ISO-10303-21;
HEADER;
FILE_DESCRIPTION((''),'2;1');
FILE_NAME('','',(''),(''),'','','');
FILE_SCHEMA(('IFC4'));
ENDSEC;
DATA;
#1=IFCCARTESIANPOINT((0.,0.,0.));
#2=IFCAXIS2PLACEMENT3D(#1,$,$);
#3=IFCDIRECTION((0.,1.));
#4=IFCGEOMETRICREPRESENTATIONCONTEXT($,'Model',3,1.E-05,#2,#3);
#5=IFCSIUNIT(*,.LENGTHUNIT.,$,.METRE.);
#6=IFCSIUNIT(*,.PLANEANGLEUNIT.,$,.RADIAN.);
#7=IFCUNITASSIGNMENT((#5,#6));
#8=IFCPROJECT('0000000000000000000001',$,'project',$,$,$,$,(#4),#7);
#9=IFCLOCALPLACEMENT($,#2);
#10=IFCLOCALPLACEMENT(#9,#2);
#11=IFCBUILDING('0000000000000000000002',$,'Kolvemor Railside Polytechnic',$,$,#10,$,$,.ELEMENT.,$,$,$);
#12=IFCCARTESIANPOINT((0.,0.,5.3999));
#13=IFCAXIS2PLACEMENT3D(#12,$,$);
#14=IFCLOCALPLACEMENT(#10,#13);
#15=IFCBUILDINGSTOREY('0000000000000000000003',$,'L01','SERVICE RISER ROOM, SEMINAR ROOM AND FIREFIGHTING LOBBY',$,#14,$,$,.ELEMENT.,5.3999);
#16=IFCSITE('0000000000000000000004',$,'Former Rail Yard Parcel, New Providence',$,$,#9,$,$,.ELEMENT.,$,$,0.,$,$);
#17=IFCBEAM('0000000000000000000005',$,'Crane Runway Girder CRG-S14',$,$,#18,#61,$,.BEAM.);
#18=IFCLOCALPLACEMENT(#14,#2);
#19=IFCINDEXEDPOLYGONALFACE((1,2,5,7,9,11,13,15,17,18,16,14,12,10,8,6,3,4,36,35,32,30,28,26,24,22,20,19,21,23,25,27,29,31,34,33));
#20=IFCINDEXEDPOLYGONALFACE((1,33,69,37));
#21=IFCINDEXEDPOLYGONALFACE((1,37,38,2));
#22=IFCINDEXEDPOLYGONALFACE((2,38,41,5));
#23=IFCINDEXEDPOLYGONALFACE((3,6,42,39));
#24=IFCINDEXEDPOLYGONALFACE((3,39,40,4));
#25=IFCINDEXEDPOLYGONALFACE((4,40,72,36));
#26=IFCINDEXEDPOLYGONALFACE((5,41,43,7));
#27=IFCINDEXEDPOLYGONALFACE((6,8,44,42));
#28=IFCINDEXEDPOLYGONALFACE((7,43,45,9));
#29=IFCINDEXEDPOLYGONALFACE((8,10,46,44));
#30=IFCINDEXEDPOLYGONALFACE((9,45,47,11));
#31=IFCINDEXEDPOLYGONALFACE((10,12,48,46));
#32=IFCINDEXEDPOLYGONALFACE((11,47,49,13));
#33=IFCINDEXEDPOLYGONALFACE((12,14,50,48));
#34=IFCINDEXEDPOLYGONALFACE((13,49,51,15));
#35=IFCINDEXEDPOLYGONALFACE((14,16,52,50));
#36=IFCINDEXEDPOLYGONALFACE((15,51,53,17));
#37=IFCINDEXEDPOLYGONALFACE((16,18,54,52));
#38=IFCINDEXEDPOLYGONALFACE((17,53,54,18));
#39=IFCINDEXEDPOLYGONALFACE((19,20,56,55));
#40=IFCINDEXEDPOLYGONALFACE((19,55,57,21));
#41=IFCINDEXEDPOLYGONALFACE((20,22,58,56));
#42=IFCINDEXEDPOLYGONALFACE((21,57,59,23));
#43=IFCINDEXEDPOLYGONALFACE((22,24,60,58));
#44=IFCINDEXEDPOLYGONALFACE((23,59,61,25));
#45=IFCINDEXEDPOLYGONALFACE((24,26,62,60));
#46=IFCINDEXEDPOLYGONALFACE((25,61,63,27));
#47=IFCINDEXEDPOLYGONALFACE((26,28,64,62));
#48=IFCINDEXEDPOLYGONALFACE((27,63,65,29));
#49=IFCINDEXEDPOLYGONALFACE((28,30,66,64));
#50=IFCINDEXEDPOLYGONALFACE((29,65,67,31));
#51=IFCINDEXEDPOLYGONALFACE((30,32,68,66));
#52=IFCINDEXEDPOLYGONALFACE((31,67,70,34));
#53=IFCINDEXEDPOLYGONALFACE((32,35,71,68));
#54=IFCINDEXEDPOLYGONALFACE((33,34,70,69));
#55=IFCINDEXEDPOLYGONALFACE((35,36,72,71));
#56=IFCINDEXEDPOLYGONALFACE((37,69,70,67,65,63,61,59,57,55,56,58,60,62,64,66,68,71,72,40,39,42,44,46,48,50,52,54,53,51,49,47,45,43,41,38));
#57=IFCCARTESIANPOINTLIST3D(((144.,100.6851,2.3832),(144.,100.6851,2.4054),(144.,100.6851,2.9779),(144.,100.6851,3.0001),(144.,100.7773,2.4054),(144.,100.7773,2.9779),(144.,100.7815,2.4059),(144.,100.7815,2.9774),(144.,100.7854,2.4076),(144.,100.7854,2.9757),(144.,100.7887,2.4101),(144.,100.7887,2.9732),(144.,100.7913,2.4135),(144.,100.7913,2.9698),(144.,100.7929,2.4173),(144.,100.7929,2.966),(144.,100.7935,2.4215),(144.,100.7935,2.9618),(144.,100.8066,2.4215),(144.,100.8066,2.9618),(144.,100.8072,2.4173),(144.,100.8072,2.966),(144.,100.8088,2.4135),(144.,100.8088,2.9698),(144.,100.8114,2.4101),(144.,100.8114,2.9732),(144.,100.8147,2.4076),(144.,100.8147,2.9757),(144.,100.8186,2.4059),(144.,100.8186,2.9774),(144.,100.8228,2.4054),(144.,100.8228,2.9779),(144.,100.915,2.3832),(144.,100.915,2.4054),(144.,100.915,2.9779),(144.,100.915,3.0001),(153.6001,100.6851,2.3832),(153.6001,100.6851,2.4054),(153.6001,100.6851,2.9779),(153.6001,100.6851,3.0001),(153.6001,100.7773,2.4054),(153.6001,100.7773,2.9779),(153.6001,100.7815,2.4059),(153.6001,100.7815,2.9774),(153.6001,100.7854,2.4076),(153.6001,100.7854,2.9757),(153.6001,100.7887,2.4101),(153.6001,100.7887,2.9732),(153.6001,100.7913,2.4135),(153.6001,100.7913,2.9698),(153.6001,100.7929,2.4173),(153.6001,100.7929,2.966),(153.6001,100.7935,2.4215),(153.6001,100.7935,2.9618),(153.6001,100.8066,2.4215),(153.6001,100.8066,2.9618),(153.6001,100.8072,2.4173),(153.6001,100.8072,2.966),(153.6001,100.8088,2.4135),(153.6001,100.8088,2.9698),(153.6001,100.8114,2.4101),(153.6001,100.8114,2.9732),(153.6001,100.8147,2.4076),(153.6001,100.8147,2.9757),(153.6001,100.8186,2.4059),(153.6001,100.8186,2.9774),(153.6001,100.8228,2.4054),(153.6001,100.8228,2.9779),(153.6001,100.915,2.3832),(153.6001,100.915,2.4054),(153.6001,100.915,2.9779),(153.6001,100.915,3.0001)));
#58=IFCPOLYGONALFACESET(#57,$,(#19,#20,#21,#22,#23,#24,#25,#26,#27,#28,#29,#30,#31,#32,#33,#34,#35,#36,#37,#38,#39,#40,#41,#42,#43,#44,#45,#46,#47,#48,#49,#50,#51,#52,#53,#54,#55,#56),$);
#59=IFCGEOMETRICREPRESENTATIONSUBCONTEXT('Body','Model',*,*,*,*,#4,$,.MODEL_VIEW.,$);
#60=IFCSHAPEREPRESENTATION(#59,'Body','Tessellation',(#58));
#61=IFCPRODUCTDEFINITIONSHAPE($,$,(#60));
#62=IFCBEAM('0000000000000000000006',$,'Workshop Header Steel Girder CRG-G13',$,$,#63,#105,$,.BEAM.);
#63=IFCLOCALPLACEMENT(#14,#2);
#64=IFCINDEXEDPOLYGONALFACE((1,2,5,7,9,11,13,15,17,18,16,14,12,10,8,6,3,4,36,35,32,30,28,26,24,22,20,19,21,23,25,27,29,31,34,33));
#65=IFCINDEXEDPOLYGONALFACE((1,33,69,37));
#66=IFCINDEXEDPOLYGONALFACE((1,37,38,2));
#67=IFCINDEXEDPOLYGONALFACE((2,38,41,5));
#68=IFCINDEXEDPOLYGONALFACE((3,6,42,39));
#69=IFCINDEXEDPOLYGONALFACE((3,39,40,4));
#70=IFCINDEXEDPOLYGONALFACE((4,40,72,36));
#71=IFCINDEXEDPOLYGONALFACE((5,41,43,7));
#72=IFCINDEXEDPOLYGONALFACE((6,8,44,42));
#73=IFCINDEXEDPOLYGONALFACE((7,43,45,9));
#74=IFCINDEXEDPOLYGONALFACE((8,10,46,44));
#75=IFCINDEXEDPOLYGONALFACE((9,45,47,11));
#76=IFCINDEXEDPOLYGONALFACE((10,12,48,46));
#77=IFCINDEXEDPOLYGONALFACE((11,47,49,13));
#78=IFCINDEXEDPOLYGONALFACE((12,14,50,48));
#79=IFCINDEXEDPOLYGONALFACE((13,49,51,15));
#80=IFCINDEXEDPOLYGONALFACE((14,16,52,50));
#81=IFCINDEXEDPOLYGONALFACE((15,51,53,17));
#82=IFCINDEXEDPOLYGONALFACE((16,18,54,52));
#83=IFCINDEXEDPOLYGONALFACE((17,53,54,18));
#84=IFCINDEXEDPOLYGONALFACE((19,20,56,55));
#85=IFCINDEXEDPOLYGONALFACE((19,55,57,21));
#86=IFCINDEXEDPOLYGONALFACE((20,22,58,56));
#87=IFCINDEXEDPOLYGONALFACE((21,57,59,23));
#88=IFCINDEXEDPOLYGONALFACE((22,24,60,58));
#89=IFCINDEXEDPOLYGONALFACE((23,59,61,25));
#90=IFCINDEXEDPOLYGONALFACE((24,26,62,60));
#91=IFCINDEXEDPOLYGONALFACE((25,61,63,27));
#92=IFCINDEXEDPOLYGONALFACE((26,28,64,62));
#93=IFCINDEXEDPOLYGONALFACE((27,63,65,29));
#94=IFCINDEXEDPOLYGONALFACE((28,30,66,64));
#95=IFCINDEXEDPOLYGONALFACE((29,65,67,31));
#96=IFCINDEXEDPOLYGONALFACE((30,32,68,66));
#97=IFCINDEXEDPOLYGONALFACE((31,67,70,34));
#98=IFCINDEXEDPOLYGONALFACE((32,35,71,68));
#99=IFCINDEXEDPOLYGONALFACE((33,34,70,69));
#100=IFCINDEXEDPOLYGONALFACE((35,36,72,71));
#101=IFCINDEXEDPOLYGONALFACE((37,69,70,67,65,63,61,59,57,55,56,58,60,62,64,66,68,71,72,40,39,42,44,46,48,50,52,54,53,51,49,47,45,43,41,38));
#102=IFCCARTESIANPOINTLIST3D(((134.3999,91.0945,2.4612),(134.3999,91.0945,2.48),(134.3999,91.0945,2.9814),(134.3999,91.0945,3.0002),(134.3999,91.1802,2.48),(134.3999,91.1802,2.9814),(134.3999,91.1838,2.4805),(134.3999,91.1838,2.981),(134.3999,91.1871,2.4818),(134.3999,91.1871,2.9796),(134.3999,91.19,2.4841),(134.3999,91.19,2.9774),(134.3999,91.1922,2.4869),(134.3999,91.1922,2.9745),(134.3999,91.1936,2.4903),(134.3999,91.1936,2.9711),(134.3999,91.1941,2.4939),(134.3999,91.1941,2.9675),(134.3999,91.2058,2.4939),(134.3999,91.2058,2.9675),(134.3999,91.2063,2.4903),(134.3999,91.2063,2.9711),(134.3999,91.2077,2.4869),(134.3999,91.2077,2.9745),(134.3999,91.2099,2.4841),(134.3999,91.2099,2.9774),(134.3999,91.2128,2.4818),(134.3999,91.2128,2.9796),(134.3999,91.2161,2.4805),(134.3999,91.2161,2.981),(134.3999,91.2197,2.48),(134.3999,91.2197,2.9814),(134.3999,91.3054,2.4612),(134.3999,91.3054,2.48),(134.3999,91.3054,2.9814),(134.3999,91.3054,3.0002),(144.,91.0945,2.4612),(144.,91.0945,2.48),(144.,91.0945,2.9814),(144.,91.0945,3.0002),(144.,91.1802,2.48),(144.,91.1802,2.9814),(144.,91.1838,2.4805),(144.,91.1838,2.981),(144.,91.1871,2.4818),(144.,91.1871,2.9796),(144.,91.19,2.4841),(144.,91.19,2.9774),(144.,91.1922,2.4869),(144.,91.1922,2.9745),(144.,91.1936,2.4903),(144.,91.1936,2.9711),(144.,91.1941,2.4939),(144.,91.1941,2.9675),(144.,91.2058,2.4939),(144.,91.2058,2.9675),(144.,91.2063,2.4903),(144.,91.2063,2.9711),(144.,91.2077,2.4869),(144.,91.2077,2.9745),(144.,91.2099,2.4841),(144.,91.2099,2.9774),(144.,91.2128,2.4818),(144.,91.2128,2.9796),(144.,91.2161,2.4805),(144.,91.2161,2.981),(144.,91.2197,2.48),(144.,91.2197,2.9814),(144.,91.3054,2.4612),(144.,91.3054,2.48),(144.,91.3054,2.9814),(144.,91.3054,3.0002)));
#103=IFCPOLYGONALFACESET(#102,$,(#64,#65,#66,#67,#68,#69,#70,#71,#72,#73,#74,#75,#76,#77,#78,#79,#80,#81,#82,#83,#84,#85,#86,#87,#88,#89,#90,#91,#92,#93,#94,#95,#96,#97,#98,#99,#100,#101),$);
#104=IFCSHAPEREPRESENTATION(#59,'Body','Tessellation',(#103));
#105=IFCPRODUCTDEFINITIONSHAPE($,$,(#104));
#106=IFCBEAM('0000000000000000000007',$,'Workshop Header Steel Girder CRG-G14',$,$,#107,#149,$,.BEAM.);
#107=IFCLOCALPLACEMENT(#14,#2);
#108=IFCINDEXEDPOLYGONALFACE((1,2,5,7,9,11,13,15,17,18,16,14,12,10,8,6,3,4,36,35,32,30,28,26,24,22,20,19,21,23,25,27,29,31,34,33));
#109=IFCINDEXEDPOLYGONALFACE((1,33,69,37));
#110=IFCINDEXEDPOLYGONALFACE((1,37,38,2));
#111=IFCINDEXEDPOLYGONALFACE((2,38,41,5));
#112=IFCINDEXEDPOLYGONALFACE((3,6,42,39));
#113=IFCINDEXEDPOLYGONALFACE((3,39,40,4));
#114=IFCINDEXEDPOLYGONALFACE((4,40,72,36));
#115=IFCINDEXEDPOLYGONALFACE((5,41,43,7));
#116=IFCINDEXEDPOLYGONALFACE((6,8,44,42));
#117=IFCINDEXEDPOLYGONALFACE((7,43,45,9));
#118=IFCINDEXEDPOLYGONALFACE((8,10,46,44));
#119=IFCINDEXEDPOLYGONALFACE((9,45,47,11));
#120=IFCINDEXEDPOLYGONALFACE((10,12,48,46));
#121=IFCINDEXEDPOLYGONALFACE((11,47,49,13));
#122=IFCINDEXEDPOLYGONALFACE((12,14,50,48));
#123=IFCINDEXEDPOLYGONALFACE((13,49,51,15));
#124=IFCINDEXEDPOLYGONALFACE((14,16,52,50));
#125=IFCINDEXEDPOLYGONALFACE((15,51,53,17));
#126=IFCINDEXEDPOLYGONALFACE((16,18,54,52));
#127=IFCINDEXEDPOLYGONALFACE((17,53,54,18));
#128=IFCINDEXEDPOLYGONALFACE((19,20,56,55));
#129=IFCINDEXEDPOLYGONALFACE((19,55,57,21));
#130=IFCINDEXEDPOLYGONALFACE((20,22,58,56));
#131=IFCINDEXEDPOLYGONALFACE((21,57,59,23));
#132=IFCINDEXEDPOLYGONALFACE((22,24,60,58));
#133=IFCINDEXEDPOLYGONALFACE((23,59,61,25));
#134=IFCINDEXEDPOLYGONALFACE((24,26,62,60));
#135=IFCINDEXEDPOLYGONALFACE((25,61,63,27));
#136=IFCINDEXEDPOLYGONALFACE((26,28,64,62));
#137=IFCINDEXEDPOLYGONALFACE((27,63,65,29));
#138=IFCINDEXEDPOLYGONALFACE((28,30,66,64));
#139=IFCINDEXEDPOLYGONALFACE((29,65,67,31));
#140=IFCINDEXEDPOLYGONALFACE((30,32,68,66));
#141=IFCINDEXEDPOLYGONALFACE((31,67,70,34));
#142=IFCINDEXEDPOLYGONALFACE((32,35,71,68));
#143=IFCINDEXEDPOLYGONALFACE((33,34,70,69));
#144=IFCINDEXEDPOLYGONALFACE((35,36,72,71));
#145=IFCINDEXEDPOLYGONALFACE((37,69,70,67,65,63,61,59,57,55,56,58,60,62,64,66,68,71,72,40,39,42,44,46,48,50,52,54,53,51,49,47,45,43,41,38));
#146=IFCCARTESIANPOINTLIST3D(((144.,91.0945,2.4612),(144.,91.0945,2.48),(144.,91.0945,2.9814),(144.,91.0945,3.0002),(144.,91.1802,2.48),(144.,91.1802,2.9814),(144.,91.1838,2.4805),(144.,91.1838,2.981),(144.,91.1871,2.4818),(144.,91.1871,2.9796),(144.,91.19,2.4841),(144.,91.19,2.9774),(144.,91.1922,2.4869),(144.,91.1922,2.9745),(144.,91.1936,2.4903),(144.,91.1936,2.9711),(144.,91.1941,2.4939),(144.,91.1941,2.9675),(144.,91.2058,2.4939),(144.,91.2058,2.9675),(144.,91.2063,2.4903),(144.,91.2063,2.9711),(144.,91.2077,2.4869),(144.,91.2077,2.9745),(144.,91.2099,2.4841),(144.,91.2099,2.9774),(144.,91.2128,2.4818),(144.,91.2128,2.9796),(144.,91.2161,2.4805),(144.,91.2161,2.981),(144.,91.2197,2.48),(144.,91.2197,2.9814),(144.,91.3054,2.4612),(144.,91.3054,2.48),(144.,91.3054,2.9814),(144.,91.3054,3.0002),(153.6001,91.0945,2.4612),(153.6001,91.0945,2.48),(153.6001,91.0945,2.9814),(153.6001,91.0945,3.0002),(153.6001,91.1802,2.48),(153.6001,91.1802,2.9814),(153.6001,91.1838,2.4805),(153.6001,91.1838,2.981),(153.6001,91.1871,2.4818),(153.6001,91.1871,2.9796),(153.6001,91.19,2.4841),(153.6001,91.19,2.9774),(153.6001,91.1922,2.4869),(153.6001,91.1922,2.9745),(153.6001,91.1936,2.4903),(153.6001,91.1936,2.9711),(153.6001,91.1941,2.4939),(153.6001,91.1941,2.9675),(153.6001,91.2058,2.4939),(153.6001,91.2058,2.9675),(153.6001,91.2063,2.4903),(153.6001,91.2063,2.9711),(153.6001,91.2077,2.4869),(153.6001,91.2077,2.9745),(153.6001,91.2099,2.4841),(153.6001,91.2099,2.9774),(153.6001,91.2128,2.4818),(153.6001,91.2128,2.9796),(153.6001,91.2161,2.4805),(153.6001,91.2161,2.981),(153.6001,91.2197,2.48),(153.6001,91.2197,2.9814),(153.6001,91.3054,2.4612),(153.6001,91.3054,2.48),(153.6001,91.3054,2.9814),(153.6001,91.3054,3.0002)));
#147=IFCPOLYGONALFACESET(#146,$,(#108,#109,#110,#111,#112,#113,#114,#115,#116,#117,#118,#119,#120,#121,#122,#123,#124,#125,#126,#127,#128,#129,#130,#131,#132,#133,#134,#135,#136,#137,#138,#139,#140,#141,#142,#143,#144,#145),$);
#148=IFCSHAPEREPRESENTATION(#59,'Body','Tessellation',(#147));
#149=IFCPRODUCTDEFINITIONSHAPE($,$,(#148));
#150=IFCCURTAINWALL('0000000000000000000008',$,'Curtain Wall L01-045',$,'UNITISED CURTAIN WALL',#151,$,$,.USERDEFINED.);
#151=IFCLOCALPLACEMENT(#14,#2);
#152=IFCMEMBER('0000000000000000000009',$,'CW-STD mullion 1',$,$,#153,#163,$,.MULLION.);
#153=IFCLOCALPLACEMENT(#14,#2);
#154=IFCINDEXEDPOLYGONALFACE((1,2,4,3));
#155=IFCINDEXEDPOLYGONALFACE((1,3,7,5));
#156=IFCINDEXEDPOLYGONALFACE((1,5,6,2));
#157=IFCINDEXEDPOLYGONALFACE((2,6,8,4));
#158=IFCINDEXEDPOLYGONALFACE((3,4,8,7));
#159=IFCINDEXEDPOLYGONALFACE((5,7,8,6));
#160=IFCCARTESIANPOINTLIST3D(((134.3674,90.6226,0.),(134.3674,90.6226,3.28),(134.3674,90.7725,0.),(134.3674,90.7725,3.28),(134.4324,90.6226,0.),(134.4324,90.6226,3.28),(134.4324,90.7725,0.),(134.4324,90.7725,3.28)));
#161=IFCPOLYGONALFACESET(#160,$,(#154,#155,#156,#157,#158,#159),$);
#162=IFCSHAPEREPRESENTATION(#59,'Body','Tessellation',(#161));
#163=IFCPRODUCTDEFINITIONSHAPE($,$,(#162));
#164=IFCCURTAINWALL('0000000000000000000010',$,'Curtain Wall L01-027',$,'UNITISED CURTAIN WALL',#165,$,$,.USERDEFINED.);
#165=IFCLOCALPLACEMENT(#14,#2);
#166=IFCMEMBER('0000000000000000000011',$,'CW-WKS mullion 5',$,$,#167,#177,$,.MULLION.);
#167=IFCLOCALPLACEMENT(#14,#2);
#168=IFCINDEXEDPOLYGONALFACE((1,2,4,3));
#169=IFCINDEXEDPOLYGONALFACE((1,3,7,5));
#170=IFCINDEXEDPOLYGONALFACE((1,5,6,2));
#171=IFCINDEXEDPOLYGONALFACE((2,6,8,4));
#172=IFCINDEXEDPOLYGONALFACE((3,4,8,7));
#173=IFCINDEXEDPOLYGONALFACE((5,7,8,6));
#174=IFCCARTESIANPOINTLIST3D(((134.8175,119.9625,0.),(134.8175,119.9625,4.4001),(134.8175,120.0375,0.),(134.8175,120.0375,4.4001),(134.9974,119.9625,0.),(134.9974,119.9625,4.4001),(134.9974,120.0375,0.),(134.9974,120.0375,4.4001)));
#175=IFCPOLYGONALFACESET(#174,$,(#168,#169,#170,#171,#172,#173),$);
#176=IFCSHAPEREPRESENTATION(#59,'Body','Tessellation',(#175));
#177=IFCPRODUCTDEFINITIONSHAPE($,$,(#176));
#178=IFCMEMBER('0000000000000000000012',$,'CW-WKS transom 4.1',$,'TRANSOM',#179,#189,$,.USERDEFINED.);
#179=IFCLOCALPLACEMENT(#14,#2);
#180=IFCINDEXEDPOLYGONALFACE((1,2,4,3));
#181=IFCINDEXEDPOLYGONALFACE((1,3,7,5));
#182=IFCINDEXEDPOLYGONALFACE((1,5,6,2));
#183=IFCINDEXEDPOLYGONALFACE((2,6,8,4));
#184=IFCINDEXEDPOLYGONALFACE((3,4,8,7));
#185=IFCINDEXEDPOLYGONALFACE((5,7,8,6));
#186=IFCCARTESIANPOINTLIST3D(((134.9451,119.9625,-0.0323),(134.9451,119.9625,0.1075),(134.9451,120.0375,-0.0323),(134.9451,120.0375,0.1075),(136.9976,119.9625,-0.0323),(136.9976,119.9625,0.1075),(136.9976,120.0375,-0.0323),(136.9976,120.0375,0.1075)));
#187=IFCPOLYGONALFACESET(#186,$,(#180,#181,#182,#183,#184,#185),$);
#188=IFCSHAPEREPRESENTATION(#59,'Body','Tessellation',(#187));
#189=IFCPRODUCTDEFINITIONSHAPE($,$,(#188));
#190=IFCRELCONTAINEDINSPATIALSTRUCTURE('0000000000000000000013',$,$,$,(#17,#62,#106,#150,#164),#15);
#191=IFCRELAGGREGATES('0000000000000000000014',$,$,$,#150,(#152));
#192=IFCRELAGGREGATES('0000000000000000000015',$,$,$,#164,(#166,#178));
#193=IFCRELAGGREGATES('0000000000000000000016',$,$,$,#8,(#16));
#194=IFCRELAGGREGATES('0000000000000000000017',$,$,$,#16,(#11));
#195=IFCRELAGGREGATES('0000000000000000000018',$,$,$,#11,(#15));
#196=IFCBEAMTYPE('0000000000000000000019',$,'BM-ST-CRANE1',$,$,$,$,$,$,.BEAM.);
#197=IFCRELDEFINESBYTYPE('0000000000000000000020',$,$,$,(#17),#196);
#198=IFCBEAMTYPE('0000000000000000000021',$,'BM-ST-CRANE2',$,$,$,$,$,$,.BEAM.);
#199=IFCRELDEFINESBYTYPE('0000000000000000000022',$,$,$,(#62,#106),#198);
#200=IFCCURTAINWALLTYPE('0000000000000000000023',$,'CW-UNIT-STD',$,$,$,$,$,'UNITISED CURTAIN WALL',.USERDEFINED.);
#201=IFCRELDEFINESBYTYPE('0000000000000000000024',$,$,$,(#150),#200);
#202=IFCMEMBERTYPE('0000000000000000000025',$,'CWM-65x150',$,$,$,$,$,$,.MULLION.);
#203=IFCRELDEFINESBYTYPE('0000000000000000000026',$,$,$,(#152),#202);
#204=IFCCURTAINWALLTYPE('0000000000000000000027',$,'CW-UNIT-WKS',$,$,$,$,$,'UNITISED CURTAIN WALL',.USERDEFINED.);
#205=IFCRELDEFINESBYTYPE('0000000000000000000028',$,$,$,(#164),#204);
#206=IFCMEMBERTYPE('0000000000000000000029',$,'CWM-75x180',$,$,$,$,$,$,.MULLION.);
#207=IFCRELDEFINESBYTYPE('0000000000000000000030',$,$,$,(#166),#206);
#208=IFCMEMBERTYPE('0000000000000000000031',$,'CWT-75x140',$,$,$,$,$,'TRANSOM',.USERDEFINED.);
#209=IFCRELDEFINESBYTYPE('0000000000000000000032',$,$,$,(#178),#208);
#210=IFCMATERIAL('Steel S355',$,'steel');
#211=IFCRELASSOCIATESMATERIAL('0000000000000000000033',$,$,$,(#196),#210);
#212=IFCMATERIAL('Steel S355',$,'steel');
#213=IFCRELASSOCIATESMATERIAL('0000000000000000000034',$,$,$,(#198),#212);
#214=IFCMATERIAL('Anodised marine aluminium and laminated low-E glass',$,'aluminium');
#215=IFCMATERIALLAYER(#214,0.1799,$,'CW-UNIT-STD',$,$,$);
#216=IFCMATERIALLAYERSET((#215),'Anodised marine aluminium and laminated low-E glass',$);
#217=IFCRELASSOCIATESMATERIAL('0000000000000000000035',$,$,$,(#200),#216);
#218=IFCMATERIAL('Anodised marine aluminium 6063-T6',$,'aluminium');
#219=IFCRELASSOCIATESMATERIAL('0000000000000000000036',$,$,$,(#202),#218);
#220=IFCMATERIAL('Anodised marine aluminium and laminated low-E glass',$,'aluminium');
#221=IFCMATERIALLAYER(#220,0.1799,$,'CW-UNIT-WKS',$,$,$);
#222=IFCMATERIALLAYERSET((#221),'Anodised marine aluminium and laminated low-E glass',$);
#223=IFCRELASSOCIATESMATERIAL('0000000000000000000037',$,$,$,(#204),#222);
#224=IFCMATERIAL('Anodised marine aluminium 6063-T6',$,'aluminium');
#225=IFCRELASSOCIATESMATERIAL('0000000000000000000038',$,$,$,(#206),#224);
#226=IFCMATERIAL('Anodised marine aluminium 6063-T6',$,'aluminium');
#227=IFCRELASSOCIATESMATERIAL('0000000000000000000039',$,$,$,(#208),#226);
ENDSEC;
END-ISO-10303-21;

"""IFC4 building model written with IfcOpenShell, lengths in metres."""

from ifc_helpers import new_model, si_unit, direction, frame, origin, origin_2d, place, context, subcontext, project, spatial, rectangle, i_section, extrude, material, layer, layer_set, material_profile, profile_set, type_object, element, aggregate, save


model = new_model("IFC4")

# Units and contexts
model_context = context("Model", 3, precision=1e-05, world=origin(), true_north=direction((0.0, 1.0)))
body_context = subcontext(model_context, "Body", "Model", "MODEL_VIEW")
ifc_project = project(units=[si_unit("LENGTHUNIT", "METRE"), si_unit("PLANEANGLEUNIT", "RADIAN")], contexts=[model_context])

# Site, building, storey
site_placement = place(None, origin())
site = spatial("IfcSite", under=ifc_project, at=site_placement, Name="Former Rail Yard Parcel, New Providence", CompositionType="ELEMENT", RefElevation=0.0)
building_placement = place(site_placement, origin())
building = spatial("IfcBuilding", under=site, at=building_placement, Name="Kolvemor Railside Polytechnic", CompositionType="ELEMENT")
storey_placement = place(building_placement, frame((0.0, 0.0, 5.3999)))
storey = spatial("IfcBuildingStorey", under=building, at=storey_placement, Name="L01", Description="SERVICE RISER ROOM, SEMINAR ROOM AND FIREFIGHTING LOBBY", CompositionType="ELEMENT", Elevation=5.3999)

# Beams
ifc_material_1 = material(Name="Steel S355", Category="steel")
ifc_material_profile_1 = material_profile(ifc_material_1, i_section(OverallWidth=0.23, OverallDepth=0.6169, WebThickness=0.0132, FlangeThickness=0.0222, FilletRadius=0.0161, at=origin_2d()), Name="W610x140")
ifc_profile_set_1 = profile_set([ifc_material_profile_1], Name="Steel S355")
beam_type_1 = type_object("IfcBeamType", Name="BM-ST-CRANE1", PredefinedType="BEAM", material=ifc_profile_set_1)
for number, where, z_axis, x_axis, name in (
    (1, (144.0, 100.8, 2.6917), (1.0, 0.0, 0.0), (0.0, 1.0, 0.0), "Crane Runway Girder CRG-S14"),
):
    element("IfcBeam", number, at=place(storey_placement, frame(where, z_axis=z_axis, x_axis=x_axis)), inside=storey, type_object=beam_type_1, Name=name, PredefinedType="BEAM", context=body_context, shape_type="SweptSolid", body=[
        extrude(i_section(OverallWidth=0.23, OverallDepth=0.6169, WebThickness=0.0132, FlangeThickness=0.0222, FilletRadius=0.0161, at=origin_2d()), origin(), (0.0, 0.0, 1.0), 9.6001),
    ])
ifc_material_2 = material(Name="Steel S355", Category="steel")
ifc_material_profile_2 = material_profile(ifc_material_2, i_section(OverallWidth=0.2109, OverallDepth=0.5391, WebThickness=0.0117, FlangeThickness=0.0188, FilletRadius=0.0139, at=origin_2d()), Name="W530x109")
ifc_profile_set_2 = profile_set([ifc_material_profile_2], Name="Steel S355")
beam_type_2 = type_object("IfcBeamType", Name="BM-ST-CRANE2", PredefinedType="BEAM", material=ifc_profile_set_2)
for number, where, z_axis, x_axis, name in (
    (2, (134.3999, 91.2, 2.7307), (1.0, 0.0, 0.0), (0.0, 1.0, 0.0), "Workshop Header Steel Girder CRG-G13"),
    (3, (144.0, 91.2, 2.7307), (1.0, 0.0, 0.0), (0.0, 1.0, 0.0), "Workshop Header Steel Girder CRG-G14"),
):
    element("IfcBeam", number, at=place(storey_placement, frame(where, z_axis=z_axis, x_axis=x_axis)), inside=storey, type_object=beam_type_2, Name=name, PredefinedType="BEAM", context=body_context, shape_type="SweptSolid", body=[
        extrude(i_section(OverallWidth=0.2109, OverallDepth=0.5391, WebThickness=0.0117, FlangeThickness=0.0188, FilletRadius=0.0139, at=origin_2d()), origin(), (0.0, 0.0, 1.0), 9.6001),
    ])

# Curtain wall, member
ifc_material_3 = material(Name="Anodised marine aluminium and laminated low-E glass", Category="aluminium")
ifc_layer_1 = layer(ifc_material_3, 0.1799, Name="CW-UNIT-STD")
ifc_layer_set_1 = layer_set([ifc_layer_1], Name="Anodised marine aluminium and laminated low-E glass")
curtain_wall_type_1 = type_object("IfcCurtainWallType", Name="CW-UNIT-STD", ElementType="UNITISED CURTAIN WALL", PredefinedType="USERDEFINED", material=ifc_layer_set_1)
curtain_wall_1_placement = place(storey_placement, origin())
curtain_wall_1 = element("IfcCurtainWall", 4, at=curtain_wall_1_placement, inside=storey, type_object=curtain_wall_type_1, Name="Curtain Wall L01-045", ObjectType="UNITISED CURTAIN WALL", PredefinedType="USERDEFINED")
ifc_material_4 = material(Name="Anodised marine aluminium 6063-T6", Category="aluminium")
ifc_material_profile_3 = material_profile(ifc_material_4, rectangle(XDim=0.0649, YDim=0.1499, at=origin_2d()), Name="CW-MUL-65x150")
ifc_profile_set_3 = profile_set([ifc_material_profile_3], Name="Anodised marine aluminium 6063-T6")
member_type_1 = type_object("IfcMemberType", Name="CWM-65x150", PredefinedType="MULLION", material=ifc_profile_set_3)
member_1_placement = place(storey_placement, frame((134.3999, 90.6975, 0.0), z_axis=(0.0, 0.0, 1.0), x_axis=(1.0, 0.0, 0.0)))
member_1 = element("IfcMember", 5, at=member_1_placement, type_object=member_type_1, Name="CW-STD mullion 1", PredefinedType="MULLION", context=body_context, shape_type="SweptSolid", body=[
    extrude(rectangle(XDim=0.0649, YDim=0.1499, at=origin_2d()), origin(), (0.0, 0.0, 1.0), 3.28),
])
aggregate(curtain_wall_1, [member_1])

# Curtain wall, members
ifc_material_5 = material(Name="Anodised marine aluminium and laminated low-E glass", Category="aluminium")
ifc_layer_2 = layer(ifc_material_5, 0.1799, Name="CW-UNIT-WKS")
ifc_layer_set_2 = layer_set([ifc_layer_2], Name="Anodised marine aluminium and laminated low-E glass")
curtain_wall_type_2 = type_object("IfcCurtainWallType", Name="CW-UNIT-WKS", ElementType="UNITISED CURTAIN WALL", PredefinedType="USERDEFINED", material=ifc_layer_set_2)
curtain_wall_2_placement = place(storey_placement, origin())
curtain_wall_2 = element("IfcCurtainWall", 6, at=curtain_wall_2_placement, inside=storey, type_object=curtain_wall_type_2, Name="Curtain Wall L01-027", ObjectType="UNITISED CURTAIN WALL", PredefinedType="USERDEFINED")
ifc_material_6 = material(Name="Anodised marine aluminium 6063-T6", Category="aluminium")
ifc_material_profile_4 = material_profile(ifc_material_6, rectangle(XDim=0.075, YDim=0.1799, at=origin_2d()), Name="CW-MUL-75x180")
ifc_profile_set_4 = profile_set([ifc_material_profile_4], Name="Anodised marine aluminium 6063-T6")
member_type_2 = type_object("IfcMemberType", Name="CWM-75x180", PredefinedType="MULLION", material=ifc_profile_set_4)
member_2_placement = place(storey_placement, frame((134.9075, 120.0, 0.0), z_axis=(0.0, 0.0, 1.0), x_axis=(0.0, -1.0, 0.0)))
member_2 = element("IfcMember", 7, at=member_2_placement, type_object=member_type_2, Name="CW-WKS mullion 5", PredefinedType="MULLION", context=body_context, shape_type="SweptSolid", body=[
    extrude(rectangle(XDim=0.075, YDim=0.1799, at=origin_2d()), origin(), (0.0, 0.0, 1.0), 4.4001),
])
ifc_material_7 = material(Name="Anodised marine aluminium 6063-T6", Category="aluminium")
ifc_material_profile_5 = material_profile(ifc_material_7, rectangle(XDim=0.075, YDim=0.1399, at=origin_2d()), Name="CW-TRN-75x140")
ifc_profile_set_5 = profile_set([ifc_material_profile_5], Name="Anodised marine aluminium 6063-T6")
member_type_3 = type_object("IfcMemberType", Name="CWT-75x140", ElementType="TRANSOM", PredefinedType="USERDEFINED", material=ifc_profile_set_5)
member_3_placement = place(storey_placement, frame((136.9976, 120.0, 0.0376), z_axis=(-1.0, 0.0, 0.0), x_axis=(0.0, -1.0, 0.0)))
member_3 = element("IfcMember", 8, at=member_3_placement, type_object=member_type_3, Name="CW-WKS transom 4.1", ObjectType="TRANSOM", PredefinedType="USERDEFINED", context=body_context, shape_type="SweptSolid", body=[
    extrude(rectangle(XDim=0.075, YDim=0.1399, at=origin_2d()), origin(), (0.0, 0.0, 1.0), 2.0525),
])
aggregate(curtain_wall_2, [member_2, member_3])

save(model, "model.ifc")
